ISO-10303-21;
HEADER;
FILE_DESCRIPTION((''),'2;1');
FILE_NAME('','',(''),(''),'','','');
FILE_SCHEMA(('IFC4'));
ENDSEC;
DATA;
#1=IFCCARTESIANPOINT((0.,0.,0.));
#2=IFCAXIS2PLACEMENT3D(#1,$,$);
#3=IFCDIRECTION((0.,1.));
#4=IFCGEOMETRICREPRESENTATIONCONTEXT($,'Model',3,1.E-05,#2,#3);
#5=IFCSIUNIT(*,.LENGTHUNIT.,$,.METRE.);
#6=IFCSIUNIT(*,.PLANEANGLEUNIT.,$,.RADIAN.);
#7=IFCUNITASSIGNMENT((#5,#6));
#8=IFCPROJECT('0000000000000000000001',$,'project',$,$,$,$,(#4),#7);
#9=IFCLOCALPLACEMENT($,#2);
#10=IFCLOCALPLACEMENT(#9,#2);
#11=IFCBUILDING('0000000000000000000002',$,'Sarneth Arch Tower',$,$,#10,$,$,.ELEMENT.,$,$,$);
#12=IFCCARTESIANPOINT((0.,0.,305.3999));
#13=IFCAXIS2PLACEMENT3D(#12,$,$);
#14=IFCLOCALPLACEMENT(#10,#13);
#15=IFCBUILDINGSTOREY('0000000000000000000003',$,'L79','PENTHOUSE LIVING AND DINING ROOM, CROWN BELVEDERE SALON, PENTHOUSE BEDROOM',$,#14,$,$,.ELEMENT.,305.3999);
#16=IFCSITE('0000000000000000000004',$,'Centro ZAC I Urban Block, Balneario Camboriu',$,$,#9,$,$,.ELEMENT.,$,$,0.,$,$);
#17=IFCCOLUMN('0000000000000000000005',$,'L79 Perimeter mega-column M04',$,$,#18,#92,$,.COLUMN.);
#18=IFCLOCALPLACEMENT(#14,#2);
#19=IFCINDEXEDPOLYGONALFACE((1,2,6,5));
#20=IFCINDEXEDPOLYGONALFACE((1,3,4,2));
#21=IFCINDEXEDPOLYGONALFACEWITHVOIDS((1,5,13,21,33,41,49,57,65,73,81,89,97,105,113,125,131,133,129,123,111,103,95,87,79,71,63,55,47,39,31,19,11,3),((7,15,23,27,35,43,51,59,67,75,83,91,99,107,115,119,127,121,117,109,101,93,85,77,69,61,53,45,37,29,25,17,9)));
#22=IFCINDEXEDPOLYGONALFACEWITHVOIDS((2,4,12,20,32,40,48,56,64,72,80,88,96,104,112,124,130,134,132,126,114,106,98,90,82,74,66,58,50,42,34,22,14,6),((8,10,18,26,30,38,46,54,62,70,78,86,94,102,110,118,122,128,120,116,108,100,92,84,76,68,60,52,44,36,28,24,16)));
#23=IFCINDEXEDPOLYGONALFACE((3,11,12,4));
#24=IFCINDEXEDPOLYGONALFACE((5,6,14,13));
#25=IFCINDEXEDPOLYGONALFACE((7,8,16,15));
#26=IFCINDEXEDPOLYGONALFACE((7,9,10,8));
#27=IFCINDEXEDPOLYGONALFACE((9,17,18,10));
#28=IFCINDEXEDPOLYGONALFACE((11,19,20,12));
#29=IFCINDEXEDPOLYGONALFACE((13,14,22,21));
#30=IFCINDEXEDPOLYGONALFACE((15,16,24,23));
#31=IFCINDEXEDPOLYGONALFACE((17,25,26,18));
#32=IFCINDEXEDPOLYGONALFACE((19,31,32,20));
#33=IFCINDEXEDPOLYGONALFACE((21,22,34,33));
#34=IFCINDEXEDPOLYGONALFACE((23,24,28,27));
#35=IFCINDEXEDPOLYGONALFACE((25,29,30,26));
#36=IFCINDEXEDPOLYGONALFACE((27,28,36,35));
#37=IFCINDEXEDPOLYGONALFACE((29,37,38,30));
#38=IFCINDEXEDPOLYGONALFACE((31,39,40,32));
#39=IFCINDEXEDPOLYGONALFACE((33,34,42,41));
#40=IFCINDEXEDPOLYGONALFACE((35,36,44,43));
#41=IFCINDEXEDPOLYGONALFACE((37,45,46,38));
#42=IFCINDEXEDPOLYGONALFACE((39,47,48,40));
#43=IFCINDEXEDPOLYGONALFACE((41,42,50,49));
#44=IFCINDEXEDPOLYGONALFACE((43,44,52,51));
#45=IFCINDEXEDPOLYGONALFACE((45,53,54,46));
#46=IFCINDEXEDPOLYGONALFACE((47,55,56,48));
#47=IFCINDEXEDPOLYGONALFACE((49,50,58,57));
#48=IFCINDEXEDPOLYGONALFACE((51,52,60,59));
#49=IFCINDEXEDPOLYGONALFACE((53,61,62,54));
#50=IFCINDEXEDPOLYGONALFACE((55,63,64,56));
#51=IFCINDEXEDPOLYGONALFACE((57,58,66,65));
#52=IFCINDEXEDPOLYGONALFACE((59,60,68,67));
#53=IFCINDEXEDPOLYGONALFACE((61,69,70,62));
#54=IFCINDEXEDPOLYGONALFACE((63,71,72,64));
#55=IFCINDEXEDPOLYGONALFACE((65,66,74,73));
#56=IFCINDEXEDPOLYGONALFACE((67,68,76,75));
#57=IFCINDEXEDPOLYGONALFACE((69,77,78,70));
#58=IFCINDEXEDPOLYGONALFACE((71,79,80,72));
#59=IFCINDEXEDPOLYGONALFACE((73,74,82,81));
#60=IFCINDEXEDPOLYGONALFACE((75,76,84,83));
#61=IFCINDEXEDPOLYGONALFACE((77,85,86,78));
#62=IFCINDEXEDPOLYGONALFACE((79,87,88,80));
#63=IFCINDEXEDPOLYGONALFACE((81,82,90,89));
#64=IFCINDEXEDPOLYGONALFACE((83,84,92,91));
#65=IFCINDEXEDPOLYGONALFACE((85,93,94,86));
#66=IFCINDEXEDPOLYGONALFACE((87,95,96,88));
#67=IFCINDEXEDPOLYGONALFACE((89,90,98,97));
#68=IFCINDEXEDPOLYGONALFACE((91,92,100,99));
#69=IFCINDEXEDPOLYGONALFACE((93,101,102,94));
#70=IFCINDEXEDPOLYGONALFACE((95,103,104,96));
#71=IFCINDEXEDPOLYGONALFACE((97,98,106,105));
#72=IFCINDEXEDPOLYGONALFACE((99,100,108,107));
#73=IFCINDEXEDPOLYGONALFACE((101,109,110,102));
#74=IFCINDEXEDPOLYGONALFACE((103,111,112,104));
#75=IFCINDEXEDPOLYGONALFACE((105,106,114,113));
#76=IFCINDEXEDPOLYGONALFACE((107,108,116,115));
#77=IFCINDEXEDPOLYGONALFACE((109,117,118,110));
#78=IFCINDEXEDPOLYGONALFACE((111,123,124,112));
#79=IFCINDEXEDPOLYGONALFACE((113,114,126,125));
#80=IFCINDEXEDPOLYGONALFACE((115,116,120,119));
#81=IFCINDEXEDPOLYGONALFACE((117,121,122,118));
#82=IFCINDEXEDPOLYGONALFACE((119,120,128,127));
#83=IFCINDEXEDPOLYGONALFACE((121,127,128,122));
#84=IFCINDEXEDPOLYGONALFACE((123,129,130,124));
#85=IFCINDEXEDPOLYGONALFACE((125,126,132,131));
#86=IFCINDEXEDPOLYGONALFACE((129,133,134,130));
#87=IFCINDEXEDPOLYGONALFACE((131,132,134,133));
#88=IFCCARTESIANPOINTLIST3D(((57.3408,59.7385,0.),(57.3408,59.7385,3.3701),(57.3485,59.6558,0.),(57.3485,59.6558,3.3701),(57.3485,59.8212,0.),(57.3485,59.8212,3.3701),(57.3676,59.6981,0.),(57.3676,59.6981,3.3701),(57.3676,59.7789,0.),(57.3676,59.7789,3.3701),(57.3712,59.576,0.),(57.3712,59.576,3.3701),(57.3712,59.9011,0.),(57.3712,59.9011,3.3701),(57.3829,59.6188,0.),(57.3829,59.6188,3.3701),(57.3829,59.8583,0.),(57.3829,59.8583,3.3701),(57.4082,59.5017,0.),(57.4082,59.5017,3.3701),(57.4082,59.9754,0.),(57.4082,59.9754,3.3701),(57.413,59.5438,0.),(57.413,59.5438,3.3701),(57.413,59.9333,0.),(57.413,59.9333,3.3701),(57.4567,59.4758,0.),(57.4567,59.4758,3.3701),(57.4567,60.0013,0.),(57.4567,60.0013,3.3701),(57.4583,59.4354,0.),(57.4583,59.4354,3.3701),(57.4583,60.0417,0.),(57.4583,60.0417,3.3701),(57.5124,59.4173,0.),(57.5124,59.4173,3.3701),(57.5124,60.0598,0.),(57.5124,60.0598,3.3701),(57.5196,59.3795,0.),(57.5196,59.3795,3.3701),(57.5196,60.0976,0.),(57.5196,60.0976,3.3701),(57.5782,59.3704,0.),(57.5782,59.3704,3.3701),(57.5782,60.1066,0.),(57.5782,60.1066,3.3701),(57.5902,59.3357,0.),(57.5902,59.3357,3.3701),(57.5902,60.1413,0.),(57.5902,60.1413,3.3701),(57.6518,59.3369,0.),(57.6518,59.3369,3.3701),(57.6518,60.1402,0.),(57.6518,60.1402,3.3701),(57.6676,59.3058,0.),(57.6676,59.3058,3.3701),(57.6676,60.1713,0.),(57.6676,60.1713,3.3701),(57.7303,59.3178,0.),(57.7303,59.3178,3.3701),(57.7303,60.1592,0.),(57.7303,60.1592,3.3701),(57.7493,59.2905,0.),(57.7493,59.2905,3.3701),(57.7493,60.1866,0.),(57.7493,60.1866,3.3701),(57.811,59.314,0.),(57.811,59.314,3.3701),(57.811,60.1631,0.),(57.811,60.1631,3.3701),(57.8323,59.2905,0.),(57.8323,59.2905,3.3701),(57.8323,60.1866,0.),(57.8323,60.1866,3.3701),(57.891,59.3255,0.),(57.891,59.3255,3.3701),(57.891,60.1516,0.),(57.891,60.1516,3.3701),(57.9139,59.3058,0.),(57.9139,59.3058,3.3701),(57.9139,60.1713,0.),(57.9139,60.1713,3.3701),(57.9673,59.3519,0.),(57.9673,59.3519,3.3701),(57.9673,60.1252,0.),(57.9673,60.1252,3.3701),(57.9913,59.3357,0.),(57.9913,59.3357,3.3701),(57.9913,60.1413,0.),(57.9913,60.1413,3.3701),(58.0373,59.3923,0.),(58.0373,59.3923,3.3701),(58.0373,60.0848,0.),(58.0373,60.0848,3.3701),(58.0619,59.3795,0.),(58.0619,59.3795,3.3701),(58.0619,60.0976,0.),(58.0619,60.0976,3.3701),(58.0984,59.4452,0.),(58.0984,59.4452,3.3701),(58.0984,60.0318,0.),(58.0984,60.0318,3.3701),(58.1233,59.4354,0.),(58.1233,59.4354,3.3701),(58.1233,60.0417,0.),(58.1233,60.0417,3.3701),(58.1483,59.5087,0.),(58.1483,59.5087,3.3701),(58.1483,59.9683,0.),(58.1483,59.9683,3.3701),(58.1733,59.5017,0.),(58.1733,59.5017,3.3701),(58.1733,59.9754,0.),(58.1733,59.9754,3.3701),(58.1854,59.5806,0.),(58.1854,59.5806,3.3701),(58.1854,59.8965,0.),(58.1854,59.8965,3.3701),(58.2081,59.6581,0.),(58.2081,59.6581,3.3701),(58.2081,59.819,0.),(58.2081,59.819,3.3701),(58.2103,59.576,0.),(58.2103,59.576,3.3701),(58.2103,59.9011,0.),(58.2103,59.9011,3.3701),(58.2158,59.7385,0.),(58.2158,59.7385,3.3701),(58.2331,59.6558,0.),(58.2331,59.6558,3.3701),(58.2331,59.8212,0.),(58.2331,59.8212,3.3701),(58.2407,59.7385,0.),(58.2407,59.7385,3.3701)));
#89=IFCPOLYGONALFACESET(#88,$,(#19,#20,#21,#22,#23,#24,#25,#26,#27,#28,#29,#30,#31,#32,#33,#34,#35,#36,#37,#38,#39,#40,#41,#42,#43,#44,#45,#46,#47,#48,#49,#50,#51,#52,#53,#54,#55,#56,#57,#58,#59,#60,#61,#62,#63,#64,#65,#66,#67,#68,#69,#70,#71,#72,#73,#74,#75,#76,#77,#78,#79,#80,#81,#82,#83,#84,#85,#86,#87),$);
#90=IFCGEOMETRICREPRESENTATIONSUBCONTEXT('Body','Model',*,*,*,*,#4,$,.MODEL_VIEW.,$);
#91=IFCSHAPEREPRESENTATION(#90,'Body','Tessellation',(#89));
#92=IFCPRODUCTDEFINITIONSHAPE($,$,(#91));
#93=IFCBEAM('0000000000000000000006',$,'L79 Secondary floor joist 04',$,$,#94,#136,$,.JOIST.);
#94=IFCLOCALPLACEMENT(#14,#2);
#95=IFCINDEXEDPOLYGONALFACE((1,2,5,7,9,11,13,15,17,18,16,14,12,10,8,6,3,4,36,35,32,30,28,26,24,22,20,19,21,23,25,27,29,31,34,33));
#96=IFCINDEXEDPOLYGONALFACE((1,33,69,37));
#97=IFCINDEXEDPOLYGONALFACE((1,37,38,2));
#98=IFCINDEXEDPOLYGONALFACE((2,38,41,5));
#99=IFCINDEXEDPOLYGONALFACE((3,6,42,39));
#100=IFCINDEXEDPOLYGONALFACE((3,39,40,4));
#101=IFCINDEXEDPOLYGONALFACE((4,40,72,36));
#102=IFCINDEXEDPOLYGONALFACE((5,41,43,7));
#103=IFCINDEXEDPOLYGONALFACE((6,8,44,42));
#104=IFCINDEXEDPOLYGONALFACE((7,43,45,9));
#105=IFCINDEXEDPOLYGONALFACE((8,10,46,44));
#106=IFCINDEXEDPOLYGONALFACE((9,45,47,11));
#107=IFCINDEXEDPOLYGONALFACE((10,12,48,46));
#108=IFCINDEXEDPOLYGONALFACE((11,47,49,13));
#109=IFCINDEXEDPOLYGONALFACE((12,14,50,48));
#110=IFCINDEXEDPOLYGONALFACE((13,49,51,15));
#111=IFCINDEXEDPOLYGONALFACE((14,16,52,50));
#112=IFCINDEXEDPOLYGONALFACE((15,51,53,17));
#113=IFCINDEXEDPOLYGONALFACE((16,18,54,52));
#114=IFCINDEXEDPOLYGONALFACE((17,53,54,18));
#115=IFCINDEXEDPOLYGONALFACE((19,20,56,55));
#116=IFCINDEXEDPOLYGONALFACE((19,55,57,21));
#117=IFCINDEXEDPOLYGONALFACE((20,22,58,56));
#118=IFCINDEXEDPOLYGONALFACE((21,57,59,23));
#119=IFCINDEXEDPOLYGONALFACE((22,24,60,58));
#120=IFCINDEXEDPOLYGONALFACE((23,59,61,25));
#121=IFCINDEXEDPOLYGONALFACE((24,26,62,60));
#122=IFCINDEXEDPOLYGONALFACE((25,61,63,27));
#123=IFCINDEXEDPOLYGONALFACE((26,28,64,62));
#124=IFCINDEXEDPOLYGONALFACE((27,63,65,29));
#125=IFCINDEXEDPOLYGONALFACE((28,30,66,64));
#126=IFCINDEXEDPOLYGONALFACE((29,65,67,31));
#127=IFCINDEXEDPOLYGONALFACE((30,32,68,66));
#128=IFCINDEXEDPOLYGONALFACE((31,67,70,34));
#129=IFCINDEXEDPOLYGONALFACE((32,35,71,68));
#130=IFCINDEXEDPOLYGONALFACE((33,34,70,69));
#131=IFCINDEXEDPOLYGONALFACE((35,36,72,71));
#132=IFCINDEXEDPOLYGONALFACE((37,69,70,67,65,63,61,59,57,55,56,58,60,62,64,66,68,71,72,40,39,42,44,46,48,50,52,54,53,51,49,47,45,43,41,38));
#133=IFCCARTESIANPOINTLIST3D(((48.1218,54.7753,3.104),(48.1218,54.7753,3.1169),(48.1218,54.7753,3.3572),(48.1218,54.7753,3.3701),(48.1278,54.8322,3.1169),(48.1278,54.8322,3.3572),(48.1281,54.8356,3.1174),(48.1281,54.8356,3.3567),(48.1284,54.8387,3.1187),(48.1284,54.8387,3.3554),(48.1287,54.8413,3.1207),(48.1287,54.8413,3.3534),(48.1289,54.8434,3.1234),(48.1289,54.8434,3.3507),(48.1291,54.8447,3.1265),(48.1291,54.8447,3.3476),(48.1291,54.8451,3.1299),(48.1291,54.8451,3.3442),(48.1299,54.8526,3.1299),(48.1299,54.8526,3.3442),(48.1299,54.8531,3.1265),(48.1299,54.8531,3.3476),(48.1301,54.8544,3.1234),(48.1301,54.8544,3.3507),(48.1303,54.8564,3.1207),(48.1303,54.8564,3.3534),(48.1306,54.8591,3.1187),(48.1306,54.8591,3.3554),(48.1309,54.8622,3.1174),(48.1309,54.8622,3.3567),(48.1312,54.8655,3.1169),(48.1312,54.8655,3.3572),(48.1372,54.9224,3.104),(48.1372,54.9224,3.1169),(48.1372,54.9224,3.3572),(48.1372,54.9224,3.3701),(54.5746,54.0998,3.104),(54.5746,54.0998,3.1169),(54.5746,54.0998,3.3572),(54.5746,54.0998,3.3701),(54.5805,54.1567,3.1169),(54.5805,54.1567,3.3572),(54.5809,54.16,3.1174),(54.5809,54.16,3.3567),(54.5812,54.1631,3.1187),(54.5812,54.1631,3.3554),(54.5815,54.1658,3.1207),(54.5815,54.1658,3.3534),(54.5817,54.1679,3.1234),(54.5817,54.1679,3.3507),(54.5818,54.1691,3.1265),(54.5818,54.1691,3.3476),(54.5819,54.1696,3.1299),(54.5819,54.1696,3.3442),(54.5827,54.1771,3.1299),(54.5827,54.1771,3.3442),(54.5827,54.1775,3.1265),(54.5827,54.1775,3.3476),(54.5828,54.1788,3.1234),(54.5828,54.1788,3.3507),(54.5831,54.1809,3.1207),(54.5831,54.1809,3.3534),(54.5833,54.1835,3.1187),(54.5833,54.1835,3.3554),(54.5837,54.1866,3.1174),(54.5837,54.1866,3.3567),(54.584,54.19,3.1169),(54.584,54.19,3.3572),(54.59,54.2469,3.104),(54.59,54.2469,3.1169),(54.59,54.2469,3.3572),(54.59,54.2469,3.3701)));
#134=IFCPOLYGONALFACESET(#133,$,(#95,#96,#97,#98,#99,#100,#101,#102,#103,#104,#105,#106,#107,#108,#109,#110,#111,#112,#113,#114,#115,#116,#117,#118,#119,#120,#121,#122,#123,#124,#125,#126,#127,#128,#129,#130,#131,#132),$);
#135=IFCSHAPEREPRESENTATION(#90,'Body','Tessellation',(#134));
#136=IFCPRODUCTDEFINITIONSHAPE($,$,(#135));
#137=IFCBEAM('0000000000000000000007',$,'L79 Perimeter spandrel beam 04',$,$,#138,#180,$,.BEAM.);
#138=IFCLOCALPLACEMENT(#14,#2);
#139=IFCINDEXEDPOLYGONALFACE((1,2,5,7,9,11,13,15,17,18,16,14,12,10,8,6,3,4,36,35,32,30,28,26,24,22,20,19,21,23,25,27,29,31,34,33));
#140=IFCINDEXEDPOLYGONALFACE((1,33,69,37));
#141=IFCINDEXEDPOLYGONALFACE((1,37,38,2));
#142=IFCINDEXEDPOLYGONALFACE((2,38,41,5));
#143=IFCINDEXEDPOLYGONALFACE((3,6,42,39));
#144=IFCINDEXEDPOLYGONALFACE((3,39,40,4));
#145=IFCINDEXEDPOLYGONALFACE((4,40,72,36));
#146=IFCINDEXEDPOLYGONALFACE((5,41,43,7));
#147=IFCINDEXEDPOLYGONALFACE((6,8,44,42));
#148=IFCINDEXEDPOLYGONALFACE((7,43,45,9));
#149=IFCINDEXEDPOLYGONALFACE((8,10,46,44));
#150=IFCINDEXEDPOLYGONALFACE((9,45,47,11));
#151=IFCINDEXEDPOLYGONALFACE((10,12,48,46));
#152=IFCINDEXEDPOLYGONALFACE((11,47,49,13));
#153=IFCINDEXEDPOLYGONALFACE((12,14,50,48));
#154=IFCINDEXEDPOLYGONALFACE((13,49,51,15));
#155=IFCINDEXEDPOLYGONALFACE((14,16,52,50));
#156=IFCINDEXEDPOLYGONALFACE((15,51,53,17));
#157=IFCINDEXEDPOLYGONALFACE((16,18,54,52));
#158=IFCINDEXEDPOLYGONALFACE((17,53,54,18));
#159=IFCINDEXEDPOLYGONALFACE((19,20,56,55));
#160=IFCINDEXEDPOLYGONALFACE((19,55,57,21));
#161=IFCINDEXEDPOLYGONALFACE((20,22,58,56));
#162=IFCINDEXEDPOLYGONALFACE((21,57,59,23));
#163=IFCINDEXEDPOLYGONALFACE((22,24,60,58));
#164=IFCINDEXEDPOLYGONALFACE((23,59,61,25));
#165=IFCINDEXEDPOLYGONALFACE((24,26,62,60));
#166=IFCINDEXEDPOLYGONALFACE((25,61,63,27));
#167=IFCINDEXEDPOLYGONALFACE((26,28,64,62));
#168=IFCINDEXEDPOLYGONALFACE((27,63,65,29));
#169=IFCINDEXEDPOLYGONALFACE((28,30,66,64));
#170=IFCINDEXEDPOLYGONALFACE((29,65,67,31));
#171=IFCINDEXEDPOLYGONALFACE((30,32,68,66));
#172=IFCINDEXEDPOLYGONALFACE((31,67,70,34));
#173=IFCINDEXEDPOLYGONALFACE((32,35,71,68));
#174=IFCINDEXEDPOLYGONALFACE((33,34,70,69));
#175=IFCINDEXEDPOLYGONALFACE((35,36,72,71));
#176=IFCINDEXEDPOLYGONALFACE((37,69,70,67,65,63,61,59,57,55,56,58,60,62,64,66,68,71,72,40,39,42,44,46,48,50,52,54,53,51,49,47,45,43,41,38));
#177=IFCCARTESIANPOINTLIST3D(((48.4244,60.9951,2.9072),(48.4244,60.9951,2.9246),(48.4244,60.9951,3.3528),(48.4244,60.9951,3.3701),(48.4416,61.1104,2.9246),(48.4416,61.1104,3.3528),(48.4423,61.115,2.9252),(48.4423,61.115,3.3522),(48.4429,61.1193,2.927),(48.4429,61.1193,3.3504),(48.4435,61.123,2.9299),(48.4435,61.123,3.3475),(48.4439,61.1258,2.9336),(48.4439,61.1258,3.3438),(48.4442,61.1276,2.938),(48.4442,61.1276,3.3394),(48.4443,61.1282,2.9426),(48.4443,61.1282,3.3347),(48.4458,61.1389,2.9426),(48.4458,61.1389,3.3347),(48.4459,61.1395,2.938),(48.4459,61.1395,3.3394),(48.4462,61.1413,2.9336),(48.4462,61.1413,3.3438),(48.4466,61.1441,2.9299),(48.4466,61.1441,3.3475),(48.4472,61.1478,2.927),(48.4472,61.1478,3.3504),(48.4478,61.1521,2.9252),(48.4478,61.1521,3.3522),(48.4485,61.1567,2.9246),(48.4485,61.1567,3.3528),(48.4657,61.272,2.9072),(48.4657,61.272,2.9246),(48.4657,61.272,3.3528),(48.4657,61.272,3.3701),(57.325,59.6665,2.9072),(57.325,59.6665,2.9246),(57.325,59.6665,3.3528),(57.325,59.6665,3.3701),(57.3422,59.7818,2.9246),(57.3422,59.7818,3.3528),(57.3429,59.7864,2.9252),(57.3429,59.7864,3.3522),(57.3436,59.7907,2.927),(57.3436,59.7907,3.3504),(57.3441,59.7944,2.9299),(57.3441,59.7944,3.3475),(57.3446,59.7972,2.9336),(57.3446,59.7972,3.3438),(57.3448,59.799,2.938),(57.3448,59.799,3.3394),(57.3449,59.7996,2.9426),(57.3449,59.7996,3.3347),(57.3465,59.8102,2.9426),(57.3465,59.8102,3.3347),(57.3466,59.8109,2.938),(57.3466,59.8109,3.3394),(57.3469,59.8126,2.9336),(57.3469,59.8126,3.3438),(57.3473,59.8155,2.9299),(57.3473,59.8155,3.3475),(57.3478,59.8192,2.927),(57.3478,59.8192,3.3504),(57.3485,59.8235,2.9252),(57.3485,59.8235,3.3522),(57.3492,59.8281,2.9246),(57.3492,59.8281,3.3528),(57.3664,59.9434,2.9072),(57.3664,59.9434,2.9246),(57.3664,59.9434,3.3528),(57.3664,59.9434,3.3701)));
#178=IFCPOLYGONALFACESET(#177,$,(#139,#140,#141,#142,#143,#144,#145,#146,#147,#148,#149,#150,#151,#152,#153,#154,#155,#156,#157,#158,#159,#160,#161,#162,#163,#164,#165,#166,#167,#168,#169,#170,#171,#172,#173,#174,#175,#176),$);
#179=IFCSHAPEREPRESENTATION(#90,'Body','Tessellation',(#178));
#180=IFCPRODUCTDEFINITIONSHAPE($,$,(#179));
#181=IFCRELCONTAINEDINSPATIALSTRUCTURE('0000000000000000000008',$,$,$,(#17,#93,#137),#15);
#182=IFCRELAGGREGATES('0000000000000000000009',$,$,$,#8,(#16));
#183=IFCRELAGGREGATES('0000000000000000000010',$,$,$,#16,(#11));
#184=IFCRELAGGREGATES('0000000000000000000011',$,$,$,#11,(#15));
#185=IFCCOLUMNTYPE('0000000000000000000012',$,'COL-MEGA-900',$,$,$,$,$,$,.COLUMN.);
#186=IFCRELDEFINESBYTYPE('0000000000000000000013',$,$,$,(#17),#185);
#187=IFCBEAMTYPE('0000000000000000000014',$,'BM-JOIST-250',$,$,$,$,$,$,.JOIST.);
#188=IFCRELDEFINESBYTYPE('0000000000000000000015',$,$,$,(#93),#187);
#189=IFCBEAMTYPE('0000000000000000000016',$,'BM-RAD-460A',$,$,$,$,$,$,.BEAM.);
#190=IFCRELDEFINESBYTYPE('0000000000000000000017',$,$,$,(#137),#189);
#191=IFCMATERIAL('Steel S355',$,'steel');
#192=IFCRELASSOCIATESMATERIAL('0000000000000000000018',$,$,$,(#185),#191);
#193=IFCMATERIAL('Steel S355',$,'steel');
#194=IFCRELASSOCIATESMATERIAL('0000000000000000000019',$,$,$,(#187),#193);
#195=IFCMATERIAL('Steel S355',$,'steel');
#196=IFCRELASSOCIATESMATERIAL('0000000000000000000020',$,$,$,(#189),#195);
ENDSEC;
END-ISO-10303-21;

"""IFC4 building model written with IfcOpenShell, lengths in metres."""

from ifc_helpers import new_model, si_unit, direction, frame, origin, origin_2d, place, context, subcontext, project, spatial, hollow_circle, i_section, extrude, material, material_profile, profile_set, type_object, element, save


model = new_model("IFC4")

# Units and contexts
model_context = context("Model", 3, precision=1e-05, world=origin(), true_north=direction((0.0, 1.0)))
body_context = subcontext(model_context, "Body", "Model", "MODEL_VIEW")
ifc_project = project(units=[si_unit("LENGTHUNIT", "METRE"), si_unit("PLANEANGLEUNIT", "RADIAN")], contexts=[model_context])

# Site, building, storey
site_placement = place(None, origin())
site = spatial("IfcSite", under=ifc_project, at=site_placement, Name="Centro ZAC I Urban Block, Balneario Camboriu", CompositionType="ELEMENT", RefElevation=0.0)
building_placement = place(site_placement, origin())
building = spatial("IfcBuilding", under=site, at=building_placement, Name="Sarneth Arch Tower", CompositionType="ELEMENT")
storey_placement = place(building_placement, frame((0.0, 0.0, 305.3999)))
storey = spatial("IfcBuildingStorey", under=building, at=storey_placement, Name="L79", Description="PENTHOUSE LIVING AND DINING ROOM, CROWN BELVEDERE SALON, PENTHOUSE BEDROOM", CompositionType="ELEMENT", Elevation=305.3999)

# Column
ifc_material_1 = material(Name="Steel S355", Category="steel")
ifc_material_profile_1 = material_profile(ifc_material_1, hollow_circle(Radius=0.45, WallThickness=0.0249, at=origin_2d()), Name="CHS900x25")
ifc_profile_set_1 = profile_set([ifc_material_profile_1], Name="Steel S355")
column_type = type_object("IfcColumnType", Name="COL-MEGA-900", PredefinedType="COLUMN", material=ifc_profile_set_1)
column_placement = place(storey_placement, frame((57.7908, 59.7385, 0.0), z_axis=(0.0, 0.0, 1.0), x_axis=(1.0, 0.0, 0.0)))
element("IfcColumn", 1, at=column_placement, inside=storey, type_object=column_type, Name="L79 Perimeter mega-column M04", PredefinedType="COLUMN", context=body_context, shape_type="SweptSolid", body=[
    extrude(hollow_circle(Radius=0.45, WallThickness=0.0249, at=origin_2d()), origin(), (0.0, 0.0, 1.0), 3.3701),
])

# Beams
ifc_material_2 = material(Name="Steel S355", Category="steel")
ifc_material_profile_2 = material_profile(ifc_material_2, i_section(OverallWidth=0.1479, OverallDepth=0.2661, WebThickness=0.0076, FlangeThickness=0.0129, FilletRadius=0.0129, at=origin_2d()), Name="W250x44.8")
ifc_profile_set_2 = profile_set([ifc_material_profile_2], Name="Steel S355")
beam_type_1 = type_object("IfcBeamType", Name="BM-JOIST-250", PredefinedType="JOIST", material=ifc_profile_set_2)
beam_1_placement = place(storey_placement, frame((54.5823, 54.1733, 3.2371), z_axis=(-0.994565, 0.104119, 0.0), x_axis=(-0.104119, -0.994565, 0.0)))
element("IfcBeam", 2, at=beam_1_placement, inside=storey, type_object=beam_type_1, Name="L79 Secondary floor joist 04", PredefinedType="JOIST", context=body_context, shape_type="SweptSolid", body=[
    extrude(i_section(OverallWidth=0.1479, OverallDepth=0.2661, WebThickness=0.0076, FlangeThickness=0.0129, FilletRadius=0.0129, at=origin_2d()), origin(), (0.0, 0.0, 1.0), 6.488),
])
ifc_material_3 = material(Name="Steel S355", Category="steel")
ifc_material_profile_3 = material_profile(ifc_material_3, i_section(OverallWidth=0.28, OverallDepth=0.4629, WebThickness=0.0107, FlangeThickness=0.0173, FilletRadius=0.0181, at=origin_2d()), Name="W460x113")
ifc_profile_set_3 = profile_set([ifc_material_profile_3], Name="Steel S355")
beam_type_2 = type_object("IfcBeamType", Name="BM-RAD-460A", PredefinedType="BEAM", material=ifc_profile_set_3)
beam_2_placement = place(storey_placement, frame((57.3457, 59.8049, 3.1387), z_axis=(-0.989042, 0.147636, 0.0), x_axis=(-0.147636, -0.989042, 0.0)))
element("IfcBeam", 3, at=beam_2_placement, inside=storey, type_object=beam_type_2, Name="L79 Perimeter spandrel beam 04", PredefinedType="BEAM", context=body_context, shape_type="SweptSolid", body=[
    extrude(i_section(OverallWidth=0.28, OverallDepth=0.4629, WebThickness=0.0107, FlangeThickness=0.0173, FilletRadius=0.0181, at=origin_2d()), origin(), (0.0, 0.0, 1.0), 8.9993),
])

save(model, "model.ifc")
